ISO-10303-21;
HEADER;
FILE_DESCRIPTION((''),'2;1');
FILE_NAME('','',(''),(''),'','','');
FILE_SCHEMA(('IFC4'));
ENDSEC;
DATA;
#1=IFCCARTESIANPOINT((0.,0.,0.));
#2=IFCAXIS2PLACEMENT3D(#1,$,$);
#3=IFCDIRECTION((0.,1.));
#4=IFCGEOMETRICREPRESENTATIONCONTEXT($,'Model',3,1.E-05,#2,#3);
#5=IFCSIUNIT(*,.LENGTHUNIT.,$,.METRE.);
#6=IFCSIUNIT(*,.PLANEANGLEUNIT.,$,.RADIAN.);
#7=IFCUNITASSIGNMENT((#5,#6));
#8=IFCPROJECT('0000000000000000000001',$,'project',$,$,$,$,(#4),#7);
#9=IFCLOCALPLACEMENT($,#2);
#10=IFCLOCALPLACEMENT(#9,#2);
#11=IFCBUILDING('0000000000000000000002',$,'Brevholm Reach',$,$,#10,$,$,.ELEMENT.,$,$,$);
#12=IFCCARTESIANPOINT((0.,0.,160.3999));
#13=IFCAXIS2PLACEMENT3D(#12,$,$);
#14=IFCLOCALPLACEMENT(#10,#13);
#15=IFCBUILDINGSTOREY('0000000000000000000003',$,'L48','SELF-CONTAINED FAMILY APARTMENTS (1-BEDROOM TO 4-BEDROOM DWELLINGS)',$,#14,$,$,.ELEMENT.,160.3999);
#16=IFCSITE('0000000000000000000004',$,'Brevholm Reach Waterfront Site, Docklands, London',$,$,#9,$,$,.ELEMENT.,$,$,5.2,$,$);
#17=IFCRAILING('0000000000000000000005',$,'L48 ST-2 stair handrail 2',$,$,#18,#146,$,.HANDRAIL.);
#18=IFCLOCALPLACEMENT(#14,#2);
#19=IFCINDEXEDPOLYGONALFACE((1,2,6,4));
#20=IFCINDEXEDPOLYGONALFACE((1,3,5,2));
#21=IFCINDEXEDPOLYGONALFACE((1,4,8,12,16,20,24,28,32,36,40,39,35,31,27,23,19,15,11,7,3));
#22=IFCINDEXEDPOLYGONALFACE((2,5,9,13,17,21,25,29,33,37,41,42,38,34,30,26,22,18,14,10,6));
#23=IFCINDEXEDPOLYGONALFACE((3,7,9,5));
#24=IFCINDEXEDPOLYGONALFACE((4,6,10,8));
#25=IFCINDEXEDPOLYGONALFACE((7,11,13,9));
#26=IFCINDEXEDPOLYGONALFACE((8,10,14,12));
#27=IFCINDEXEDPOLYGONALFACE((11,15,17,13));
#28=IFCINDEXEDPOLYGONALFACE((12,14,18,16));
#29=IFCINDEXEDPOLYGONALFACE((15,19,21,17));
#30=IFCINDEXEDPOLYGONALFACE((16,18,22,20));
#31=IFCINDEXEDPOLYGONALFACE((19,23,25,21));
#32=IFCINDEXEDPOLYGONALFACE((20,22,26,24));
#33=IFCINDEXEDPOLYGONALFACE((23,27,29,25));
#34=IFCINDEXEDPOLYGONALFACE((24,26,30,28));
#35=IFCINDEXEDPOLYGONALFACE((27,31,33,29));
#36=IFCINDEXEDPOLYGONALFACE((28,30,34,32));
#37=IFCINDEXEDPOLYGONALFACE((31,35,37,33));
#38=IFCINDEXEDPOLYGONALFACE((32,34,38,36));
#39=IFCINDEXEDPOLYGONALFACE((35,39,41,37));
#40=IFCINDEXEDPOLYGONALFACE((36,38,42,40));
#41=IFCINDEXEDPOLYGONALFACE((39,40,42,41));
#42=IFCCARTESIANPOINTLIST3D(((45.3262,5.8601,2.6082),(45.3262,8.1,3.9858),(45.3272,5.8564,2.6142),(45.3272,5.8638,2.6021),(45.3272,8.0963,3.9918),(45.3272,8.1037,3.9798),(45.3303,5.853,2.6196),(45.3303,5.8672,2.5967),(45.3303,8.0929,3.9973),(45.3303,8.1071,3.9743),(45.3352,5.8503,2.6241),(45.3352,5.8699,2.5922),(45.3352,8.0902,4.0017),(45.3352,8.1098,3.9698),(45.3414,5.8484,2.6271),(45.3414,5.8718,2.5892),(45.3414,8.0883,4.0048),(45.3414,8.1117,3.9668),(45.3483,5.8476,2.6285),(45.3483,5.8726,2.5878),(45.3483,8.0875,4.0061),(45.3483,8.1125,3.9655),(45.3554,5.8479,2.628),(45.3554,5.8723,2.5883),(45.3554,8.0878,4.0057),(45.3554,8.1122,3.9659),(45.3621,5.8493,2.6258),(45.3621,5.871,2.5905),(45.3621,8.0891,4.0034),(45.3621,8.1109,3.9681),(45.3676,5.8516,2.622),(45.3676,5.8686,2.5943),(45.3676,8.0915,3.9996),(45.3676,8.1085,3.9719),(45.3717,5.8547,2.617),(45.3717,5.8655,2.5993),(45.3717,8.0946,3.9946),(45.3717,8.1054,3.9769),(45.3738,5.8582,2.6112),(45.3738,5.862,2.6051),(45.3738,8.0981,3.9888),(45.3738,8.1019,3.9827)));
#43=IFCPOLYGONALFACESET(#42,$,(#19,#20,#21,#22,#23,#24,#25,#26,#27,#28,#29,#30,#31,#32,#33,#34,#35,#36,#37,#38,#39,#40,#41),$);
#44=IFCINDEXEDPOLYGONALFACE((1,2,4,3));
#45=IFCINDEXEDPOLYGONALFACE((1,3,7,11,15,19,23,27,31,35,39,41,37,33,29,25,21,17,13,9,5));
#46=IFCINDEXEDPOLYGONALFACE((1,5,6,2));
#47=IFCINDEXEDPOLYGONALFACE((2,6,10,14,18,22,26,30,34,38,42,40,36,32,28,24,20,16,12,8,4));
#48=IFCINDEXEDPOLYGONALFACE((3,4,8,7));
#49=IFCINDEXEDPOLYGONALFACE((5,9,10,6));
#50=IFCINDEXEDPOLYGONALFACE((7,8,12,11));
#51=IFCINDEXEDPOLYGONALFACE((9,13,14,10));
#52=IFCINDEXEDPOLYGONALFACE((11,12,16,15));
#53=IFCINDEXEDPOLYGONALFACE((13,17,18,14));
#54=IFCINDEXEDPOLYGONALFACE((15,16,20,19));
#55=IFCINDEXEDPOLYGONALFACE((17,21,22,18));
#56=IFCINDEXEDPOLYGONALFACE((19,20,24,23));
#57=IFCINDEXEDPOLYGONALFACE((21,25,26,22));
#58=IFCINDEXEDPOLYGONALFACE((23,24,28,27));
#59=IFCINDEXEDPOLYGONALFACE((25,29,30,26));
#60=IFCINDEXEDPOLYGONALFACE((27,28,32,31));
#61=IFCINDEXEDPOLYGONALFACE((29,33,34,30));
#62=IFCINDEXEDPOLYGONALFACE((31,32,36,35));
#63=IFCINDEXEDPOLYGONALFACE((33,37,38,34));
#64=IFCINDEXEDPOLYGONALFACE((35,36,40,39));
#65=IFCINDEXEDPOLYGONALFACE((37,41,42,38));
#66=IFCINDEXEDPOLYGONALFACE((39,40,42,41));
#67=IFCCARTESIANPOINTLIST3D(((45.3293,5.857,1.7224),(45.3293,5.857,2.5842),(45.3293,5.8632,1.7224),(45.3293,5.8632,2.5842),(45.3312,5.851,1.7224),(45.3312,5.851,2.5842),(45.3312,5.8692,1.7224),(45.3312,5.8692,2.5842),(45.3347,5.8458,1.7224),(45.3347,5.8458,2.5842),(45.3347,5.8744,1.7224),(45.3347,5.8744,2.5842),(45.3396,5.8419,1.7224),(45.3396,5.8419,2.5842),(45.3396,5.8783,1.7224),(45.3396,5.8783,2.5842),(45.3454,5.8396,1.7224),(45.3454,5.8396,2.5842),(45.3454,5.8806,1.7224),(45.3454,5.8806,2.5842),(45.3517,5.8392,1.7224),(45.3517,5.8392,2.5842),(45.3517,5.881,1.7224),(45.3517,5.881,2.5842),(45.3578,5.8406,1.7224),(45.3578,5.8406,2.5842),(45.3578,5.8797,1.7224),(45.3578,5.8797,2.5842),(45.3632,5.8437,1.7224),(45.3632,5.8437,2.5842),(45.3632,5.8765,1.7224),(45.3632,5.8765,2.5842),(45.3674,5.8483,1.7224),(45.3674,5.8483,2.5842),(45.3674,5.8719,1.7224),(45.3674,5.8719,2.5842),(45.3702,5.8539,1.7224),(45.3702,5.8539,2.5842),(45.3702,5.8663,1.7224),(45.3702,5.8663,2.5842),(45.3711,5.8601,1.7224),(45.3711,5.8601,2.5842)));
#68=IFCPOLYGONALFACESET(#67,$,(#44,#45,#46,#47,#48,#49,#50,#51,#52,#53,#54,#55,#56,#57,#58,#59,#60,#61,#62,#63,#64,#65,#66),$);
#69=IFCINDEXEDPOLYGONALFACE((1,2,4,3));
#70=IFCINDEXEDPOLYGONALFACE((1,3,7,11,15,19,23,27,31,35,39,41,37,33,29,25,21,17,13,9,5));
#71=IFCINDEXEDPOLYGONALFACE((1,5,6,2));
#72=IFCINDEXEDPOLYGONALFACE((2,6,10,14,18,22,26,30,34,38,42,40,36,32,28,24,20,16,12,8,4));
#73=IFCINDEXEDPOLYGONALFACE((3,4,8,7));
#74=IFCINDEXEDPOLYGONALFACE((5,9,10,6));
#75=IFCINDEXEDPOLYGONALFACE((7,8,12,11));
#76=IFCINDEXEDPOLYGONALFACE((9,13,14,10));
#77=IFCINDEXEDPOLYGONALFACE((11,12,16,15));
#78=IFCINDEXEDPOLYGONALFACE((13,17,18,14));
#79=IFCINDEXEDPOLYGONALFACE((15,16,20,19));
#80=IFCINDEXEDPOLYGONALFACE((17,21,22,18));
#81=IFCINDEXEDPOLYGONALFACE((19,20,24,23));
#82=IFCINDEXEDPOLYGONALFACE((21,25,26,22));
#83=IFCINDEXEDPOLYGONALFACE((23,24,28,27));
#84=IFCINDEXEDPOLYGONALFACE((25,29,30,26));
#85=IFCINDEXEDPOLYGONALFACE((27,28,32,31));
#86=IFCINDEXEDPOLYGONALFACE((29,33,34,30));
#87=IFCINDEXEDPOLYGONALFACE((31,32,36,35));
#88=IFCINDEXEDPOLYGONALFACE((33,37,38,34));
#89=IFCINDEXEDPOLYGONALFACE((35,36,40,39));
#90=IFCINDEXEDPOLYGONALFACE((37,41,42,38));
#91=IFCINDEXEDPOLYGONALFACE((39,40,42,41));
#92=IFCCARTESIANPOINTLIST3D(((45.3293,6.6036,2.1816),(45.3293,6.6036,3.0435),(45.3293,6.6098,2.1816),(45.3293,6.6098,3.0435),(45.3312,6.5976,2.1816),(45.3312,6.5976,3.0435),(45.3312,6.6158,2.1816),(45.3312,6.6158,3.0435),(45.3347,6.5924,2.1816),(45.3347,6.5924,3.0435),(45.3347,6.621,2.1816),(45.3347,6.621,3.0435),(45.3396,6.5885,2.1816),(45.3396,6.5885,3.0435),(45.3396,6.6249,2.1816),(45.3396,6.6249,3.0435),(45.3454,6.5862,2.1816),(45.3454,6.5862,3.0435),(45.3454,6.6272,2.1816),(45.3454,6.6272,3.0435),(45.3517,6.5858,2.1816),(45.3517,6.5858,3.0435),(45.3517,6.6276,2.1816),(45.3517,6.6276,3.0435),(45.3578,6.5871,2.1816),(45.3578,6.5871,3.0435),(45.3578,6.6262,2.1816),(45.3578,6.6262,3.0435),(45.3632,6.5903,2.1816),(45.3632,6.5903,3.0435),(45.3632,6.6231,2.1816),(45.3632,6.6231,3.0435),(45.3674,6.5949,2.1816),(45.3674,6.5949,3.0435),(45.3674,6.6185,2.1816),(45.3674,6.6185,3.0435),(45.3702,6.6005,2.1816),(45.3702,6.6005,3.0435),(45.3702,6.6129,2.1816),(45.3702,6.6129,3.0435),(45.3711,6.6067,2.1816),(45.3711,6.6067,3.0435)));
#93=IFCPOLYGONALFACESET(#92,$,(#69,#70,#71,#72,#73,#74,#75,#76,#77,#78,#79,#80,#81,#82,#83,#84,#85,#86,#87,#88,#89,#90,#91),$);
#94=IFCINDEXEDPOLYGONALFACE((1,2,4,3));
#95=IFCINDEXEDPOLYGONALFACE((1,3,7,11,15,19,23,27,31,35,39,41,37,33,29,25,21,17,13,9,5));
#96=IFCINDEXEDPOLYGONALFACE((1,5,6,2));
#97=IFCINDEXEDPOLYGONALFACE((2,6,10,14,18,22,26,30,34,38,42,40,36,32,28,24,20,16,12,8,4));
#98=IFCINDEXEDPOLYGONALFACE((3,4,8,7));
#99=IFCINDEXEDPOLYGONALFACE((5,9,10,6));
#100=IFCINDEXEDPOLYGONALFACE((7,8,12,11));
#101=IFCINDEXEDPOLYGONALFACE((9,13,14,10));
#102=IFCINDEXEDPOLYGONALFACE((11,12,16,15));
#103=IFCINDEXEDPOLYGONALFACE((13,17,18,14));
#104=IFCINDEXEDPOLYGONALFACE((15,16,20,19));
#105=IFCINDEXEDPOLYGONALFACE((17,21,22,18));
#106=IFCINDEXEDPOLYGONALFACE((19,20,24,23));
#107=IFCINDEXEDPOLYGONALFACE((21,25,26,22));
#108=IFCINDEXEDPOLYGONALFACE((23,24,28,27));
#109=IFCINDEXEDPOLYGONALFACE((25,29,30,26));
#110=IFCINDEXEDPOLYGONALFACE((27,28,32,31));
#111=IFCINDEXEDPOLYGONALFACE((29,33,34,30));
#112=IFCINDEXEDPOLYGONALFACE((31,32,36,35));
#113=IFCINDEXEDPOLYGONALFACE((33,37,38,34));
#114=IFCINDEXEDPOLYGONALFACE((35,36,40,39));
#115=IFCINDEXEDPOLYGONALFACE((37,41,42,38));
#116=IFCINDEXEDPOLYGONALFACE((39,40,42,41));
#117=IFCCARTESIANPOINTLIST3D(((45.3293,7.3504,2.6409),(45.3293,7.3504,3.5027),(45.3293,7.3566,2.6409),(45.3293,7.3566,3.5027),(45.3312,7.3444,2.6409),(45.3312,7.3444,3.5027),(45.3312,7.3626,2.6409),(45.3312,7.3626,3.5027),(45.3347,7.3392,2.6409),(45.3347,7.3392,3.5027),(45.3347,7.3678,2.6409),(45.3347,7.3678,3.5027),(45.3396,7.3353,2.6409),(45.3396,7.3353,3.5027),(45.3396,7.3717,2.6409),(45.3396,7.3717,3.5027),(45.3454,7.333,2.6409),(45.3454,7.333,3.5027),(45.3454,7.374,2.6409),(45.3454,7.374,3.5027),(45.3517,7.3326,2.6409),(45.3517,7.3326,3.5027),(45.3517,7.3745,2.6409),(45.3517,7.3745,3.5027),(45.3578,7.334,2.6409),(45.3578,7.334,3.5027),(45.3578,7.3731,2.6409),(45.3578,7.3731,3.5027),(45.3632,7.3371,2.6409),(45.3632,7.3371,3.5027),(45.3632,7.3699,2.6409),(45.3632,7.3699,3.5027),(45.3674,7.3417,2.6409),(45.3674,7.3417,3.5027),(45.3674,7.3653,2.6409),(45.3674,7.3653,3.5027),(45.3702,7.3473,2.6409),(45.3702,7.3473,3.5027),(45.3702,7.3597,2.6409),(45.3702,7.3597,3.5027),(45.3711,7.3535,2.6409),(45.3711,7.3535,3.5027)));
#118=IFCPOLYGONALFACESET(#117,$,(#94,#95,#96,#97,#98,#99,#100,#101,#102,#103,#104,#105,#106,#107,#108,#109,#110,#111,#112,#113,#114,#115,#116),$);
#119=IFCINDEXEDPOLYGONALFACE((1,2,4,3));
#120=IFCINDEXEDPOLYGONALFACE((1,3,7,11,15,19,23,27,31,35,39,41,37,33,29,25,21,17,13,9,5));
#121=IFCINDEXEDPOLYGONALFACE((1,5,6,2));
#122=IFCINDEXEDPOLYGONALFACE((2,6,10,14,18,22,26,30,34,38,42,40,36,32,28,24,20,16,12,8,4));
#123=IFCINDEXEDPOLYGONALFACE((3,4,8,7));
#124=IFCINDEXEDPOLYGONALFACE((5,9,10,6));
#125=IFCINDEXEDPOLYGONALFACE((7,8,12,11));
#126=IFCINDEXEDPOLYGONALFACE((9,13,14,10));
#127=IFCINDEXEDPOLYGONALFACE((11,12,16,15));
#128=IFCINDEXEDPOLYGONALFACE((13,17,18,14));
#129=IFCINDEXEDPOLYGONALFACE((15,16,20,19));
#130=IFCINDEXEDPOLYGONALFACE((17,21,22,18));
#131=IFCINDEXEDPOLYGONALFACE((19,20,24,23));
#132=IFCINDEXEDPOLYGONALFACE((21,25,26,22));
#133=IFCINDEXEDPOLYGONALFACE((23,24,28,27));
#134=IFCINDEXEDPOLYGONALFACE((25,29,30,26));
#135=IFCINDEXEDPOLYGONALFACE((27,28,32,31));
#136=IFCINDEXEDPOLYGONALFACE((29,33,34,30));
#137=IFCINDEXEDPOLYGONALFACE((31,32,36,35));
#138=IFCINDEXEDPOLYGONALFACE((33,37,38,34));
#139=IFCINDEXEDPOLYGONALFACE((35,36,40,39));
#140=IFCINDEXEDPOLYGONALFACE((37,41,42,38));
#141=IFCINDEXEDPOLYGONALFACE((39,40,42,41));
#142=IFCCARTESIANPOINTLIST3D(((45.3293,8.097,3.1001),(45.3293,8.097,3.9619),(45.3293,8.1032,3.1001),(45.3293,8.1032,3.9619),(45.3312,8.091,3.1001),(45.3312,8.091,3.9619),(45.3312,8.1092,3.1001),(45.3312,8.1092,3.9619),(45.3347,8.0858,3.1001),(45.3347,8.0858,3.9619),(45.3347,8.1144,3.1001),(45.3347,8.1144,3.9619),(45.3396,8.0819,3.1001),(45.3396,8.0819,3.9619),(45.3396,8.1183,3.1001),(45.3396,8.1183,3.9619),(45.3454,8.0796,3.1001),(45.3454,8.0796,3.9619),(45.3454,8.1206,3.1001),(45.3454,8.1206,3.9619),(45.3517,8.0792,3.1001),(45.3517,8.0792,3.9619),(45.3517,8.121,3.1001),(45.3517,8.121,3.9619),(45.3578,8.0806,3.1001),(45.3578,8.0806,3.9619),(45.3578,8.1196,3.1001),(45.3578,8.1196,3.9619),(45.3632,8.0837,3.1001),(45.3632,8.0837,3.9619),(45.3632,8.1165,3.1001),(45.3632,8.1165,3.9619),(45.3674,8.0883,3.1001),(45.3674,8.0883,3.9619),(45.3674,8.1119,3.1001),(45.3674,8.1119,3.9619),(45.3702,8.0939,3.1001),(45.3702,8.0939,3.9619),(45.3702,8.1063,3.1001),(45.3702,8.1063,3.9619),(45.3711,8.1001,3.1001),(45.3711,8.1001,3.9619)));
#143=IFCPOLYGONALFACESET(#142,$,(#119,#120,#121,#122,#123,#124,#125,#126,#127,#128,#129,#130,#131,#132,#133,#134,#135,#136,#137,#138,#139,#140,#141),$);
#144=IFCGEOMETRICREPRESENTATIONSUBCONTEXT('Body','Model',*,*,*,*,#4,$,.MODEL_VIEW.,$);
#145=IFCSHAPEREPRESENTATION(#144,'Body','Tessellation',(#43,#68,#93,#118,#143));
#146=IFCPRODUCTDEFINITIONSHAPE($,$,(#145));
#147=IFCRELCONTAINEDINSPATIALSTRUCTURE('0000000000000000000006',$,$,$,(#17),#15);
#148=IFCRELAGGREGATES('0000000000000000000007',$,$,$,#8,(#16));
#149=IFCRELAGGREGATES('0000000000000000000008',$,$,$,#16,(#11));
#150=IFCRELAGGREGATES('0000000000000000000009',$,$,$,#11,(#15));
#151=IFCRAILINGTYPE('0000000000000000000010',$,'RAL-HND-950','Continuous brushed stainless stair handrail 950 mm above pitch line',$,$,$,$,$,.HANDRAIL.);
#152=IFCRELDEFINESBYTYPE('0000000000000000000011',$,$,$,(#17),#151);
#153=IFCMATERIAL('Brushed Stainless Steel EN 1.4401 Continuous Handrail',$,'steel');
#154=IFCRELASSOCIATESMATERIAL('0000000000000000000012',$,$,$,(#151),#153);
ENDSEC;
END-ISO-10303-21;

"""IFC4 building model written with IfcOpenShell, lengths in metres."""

from ifc_helpers import new_model, si_unit, direction, frame, origin, origin_2d, place, context, subcontext, project, spatial, circle, extrude, material, type_object, element, save


model = new_model("IFC4")

# Units and contexts
model_context = context("Model", 3, precision=1e-05, world=origin(), true_north=direction((0.0, 1.0)))
body_context = subcontext(model_context, "Body", "Model", "MODEL_VIEW")
ifc_project = project(units=[si_unit("LENGTHUNIT", "METRE"), si_unit("PLANEANGLEUNIT", "RADIAN")], contexts=[model_context])

# Site, building, storey
site_placement = place(None, origin())
site = spatial("IfcSite", under=ifc_project, at=site_placement, Name="Brevholm Reach Waterfront Site, Docklands, London", CompositionType="ELEMENT", RefElevation=5.2)
building_placement = place(site_placement, origin())
building = spatial("IfcBuilding", under=site, at=building_placement, Name="Brevholm Reach", CompositionType="ELEMENT")
storey_placement = place(building_placement, frame((0.0, 0.0, 160.3999)))
storey = spatial("IfcBuildingStorey", under=building, at=storey_placement, Name="L48", Description="SELF-CONTAINED FAMILY APARTMENTS (1-BEDROOM TO 4-BEDROOM DWELLINGS)", CompositionType="ELEMENT", Elevation=160.3999)

# Railing
ifc_material_1 = material(Name="Brushed Stainless Steel EN 1.4401 Continuous Handrail", Category="steel")
railing_type_1 = type_object("IfcRailingType", Name="RAL-HND-950", Description="Continuous brushed stainless stair handrail 950 mm above pitch line", PredefinedType="HANDRAIL", material=ifc_material_1)
railing_1_placement = place(storey_placement, frame((45.3501, 5.8601, 1.7224)))
element("IfcRailing", 1, at=railing_1_placement, inside=storey, type_object=railing_type_1, Name="L48 ST-2 stair handrail 2", PredefinedType="HANDRAIL", context=body_context, shape_type="SweptSolid", body=[
    extrude(circle(Radius=0.0239, at=origin_2d()), frame((0.0, 0.0, 0.8857), z_axis=(0.0, 0.851789, 0.523885), x_axis=(-1.0, 0.0, 0.0)), (0.0, 0.0, 1.0), 2.6296),
    extrude(circle(Radius=0.021, at=origin_2d()), origin(), (0.0, 0.0, 1.0), 0.8618),
    extrude(circle(Radius=0.021, at=origin_2d()), frame((0.0, 0.7466, 0.4592)), (0.0, 0.0, 1.0), 0.8618),
    extrude(circle(Radius=0.021, at=origin_2d()), frame((0.0, 1.4934, 0.9185)), (0.0, 0.0, 1.0), 0.8618),
    extrude(circle(Radius=0.021, at=origin_2d()), frame((0.0, 2.24, 1.3777)), (0.0, 0.0, 1.0), 0.8618),
])

save(model, "model.ifc")
